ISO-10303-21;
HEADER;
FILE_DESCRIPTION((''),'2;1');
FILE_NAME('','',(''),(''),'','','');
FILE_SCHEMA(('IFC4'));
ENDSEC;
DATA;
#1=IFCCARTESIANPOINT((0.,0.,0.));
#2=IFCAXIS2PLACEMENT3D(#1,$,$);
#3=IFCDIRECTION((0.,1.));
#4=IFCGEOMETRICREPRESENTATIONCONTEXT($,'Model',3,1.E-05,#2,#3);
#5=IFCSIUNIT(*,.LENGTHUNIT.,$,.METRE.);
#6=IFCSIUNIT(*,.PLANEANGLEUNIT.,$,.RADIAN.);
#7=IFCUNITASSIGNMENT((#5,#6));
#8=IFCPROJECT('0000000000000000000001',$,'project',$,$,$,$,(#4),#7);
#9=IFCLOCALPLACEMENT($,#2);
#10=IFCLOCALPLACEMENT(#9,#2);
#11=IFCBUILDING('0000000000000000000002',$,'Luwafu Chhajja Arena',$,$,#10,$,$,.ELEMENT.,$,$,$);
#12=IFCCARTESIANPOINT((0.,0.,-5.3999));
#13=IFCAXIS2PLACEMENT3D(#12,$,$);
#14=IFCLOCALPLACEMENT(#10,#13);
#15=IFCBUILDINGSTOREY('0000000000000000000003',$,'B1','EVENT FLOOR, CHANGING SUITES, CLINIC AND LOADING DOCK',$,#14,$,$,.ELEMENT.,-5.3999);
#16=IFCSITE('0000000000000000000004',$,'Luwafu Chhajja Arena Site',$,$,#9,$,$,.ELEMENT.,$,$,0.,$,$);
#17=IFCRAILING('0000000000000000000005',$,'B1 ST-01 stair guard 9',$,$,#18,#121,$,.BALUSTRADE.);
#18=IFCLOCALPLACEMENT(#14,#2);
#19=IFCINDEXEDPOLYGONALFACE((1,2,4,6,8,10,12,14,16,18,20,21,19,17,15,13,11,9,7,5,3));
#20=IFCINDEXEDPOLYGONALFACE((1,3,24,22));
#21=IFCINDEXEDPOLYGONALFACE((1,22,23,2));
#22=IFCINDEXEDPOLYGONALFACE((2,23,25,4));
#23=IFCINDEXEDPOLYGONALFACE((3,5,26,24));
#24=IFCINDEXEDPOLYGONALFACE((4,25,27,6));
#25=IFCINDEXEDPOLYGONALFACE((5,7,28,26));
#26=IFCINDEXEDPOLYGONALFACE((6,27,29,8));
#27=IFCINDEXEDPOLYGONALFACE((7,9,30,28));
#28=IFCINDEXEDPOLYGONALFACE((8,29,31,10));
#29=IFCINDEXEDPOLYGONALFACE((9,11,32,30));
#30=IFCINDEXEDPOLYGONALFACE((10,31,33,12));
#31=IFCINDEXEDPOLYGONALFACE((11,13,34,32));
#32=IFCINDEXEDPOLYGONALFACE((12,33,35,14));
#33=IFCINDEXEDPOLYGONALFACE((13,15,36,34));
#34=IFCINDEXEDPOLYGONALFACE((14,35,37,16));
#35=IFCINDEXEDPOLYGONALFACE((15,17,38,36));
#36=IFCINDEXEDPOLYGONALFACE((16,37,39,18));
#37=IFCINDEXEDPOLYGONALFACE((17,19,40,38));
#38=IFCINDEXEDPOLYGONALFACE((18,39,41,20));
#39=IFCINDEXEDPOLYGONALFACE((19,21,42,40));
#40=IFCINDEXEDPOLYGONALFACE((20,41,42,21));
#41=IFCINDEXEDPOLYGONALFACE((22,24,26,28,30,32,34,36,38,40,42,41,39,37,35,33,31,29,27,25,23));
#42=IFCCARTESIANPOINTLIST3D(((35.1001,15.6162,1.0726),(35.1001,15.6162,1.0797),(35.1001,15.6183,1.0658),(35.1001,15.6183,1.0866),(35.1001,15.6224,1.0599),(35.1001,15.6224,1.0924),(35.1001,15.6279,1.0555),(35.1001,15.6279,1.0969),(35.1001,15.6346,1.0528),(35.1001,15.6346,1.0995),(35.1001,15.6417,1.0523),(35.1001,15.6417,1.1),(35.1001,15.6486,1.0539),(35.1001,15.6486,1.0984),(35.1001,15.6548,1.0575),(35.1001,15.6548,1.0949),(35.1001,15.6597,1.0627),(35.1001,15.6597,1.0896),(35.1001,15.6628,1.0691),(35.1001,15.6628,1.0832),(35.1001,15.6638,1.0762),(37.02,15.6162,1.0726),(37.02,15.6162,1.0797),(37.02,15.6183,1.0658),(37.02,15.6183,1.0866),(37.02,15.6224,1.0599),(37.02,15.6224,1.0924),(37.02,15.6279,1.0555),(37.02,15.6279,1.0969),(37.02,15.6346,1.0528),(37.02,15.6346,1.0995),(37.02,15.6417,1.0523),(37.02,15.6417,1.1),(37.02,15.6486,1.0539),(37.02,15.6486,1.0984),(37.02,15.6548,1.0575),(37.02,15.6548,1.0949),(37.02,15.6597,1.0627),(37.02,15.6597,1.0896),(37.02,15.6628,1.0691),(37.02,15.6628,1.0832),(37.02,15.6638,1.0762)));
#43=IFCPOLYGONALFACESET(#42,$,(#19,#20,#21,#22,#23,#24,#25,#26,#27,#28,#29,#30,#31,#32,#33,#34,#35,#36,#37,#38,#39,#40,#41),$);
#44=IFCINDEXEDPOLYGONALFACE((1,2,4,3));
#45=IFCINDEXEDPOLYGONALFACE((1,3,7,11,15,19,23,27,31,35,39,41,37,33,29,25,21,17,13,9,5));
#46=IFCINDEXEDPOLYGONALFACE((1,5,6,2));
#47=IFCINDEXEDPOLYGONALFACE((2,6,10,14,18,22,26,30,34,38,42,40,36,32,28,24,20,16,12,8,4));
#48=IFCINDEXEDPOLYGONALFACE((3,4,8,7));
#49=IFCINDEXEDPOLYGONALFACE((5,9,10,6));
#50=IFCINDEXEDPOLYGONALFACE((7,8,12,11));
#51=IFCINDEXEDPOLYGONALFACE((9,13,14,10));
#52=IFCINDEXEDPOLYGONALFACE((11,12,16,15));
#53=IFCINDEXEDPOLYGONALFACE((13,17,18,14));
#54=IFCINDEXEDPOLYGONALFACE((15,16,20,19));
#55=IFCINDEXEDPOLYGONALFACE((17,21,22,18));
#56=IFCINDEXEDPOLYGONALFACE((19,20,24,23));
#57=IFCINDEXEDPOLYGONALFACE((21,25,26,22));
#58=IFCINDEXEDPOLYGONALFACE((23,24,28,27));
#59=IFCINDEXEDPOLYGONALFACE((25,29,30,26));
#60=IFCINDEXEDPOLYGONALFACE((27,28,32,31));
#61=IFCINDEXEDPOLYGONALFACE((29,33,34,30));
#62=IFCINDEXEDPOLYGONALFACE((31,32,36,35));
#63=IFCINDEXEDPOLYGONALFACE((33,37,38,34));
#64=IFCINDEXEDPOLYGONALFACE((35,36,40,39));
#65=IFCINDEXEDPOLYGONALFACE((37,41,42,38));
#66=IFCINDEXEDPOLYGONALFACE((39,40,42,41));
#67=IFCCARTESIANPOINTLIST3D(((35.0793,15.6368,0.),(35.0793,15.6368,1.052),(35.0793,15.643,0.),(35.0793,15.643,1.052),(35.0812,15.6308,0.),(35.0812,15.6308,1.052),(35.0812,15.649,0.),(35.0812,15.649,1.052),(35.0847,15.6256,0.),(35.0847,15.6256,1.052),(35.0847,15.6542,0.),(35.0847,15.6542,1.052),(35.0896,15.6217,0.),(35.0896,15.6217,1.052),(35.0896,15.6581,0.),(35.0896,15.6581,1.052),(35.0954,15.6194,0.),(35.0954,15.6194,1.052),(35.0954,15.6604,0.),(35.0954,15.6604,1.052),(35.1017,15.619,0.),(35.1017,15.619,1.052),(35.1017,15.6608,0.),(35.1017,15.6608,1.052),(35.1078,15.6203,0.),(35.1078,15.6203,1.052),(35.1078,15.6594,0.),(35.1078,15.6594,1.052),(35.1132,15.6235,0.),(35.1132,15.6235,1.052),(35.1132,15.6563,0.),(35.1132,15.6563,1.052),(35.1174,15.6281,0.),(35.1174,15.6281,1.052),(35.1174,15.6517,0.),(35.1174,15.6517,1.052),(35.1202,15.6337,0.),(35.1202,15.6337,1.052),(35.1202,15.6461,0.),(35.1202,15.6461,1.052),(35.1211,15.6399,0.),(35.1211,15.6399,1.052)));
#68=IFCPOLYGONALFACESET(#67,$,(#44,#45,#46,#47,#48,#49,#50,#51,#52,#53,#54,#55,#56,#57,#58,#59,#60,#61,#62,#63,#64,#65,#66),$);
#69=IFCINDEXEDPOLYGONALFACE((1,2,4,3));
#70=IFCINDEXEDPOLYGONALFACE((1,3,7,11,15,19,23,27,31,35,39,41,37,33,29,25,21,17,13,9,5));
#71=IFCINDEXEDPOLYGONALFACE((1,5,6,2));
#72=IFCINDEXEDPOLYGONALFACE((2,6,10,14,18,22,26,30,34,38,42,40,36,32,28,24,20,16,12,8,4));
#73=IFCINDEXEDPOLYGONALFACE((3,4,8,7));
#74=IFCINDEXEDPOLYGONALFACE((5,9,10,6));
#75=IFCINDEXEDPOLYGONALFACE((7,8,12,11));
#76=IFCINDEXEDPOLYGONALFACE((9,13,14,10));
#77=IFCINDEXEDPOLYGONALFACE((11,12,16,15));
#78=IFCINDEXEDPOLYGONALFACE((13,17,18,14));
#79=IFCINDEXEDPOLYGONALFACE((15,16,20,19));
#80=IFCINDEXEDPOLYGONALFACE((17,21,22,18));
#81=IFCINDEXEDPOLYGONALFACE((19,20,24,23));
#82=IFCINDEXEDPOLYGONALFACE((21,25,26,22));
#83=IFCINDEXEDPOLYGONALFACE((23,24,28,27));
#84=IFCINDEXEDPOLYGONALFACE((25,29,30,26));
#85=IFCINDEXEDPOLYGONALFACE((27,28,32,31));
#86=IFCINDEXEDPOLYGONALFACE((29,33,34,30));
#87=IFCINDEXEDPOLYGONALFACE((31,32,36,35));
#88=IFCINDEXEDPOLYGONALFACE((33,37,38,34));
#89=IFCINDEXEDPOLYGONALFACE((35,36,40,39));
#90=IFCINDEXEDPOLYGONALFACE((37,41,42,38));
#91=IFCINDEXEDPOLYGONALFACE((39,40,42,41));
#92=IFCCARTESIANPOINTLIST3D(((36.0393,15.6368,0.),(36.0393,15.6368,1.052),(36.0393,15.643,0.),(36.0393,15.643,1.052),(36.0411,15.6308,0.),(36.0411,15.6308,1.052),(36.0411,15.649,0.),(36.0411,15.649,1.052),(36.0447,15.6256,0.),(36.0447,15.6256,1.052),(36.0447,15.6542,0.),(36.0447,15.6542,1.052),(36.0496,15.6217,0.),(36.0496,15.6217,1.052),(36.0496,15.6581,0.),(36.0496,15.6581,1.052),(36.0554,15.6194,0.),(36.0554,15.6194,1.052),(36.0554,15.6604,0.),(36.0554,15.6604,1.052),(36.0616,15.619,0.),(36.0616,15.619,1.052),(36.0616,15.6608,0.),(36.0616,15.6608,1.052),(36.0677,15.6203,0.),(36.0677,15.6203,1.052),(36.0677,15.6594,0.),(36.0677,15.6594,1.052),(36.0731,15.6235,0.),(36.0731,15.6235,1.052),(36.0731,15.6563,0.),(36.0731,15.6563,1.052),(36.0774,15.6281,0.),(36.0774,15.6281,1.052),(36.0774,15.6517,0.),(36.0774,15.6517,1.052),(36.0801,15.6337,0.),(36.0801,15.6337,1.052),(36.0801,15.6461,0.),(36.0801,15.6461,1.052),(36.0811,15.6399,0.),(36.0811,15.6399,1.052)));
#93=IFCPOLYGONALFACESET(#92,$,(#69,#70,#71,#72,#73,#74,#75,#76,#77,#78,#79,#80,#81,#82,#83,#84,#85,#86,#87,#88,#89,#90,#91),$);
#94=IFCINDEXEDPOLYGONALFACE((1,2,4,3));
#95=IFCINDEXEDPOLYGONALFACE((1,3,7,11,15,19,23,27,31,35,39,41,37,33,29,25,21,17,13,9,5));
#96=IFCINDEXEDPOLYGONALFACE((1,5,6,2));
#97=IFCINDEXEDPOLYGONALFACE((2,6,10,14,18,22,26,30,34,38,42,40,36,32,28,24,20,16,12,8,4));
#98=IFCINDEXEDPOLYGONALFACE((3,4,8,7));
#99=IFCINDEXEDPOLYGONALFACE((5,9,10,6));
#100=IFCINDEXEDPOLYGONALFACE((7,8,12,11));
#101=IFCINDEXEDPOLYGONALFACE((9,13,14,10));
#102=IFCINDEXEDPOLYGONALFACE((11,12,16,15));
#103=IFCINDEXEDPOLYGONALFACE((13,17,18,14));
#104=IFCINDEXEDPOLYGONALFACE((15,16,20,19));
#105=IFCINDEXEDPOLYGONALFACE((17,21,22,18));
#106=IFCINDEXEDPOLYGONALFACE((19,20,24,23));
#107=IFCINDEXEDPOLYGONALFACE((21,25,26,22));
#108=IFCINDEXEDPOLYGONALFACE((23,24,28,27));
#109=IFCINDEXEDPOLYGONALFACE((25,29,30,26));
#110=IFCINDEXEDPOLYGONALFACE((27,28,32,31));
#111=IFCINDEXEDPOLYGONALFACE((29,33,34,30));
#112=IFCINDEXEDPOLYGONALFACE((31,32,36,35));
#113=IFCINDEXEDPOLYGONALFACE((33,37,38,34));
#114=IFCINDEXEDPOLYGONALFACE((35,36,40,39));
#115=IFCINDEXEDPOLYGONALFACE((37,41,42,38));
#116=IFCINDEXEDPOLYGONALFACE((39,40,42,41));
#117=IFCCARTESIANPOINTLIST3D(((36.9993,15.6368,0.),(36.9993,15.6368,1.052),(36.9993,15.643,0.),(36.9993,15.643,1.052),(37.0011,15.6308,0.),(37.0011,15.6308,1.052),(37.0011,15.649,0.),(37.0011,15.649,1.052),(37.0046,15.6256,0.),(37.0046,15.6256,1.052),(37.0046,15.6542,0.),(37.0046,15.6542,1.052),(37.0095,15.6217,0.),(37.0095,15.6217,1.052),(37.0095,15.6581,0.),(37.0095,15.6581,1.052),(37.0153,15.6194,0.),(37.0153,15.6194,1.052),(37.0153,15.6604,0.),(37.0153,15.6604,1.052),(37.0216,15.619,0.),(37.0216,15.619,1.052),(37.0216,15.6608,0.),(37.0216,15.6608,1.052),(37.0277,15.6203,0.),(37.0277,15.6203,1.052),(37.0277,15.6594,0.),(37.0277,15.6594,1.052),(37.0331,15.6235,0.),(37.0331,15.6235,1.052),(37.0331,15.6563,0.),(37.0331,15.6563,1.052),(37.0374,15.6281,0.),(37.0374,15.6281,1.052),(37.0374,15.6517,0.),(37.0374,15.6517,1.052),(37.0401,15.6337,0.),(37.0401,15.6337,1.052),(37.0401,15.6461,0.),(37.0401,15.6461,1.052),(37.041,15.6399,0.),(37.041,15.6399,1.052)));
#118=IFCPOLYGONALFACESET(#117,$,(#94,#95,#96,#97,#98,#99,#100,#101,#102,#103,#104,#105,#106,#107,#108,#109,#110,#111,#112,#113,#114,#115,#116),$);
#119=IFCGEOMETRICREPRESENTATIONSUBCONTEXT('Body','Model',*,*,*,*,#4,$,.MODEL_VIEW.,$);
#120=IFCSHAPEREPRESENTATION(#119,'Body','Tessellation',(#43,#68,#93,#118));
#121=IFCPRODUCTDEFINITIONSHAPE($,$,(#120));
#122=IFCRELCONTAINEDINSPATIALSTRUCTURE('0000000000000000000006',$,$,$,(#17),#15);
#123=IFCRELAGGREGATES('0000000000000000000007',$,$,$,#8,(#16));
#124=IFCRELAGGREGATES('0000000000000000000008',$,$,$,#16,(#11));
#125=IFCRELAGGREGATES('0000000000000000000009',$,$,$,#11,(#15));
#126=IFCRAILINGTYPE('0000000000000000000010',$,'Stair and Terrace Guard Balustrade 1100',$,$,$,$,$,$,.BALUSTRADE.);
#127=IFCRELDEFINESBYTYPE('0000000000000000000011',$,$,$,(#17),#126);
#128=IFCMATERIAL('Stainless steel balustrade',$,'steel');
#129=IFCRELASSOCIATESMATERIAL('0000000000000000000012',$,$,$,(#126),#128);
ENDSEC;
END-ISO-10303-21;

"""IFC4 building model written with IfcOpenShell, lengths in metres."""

from ifc_helpers import new_model, si_unit, direction, frame, origin, origin_2d, place, context, subcontext, project, spatial, circle, extrude, material, type_object, element, save


model = new_model("IFC4")

# Units and contexts
model_context = context("Model", 3, precision=1e-05, world=origin(), true_north=direction((0.0, 1.0)))
body_context = subcontext(model_context, "Body", "Model", "MODEL_VIEW")
ifc_project = project(units=[si_unit("LENGTHUNIT", "METRE"), si_unit("PLANEANGLEUNIT", "RADIAN")], contexts=[model_context])

# Site, building, storey
site_placement = place(None, origin())
site = spatial("IfcSite", under=ifc_project, at=site_placement, Name="Luwafu Chhajja Arena Site", CompositionType="ELEMENT", RefElevation=0.0)
building_placement = place(site_placement, origin())
building = spatial("IfcBuilding", under=site, at=building_placement, Name="Luwafu Chhajja Arena", CompositionType="ELEMENT")
storey_placement = place(building_placement, frame((0.0, 0.0, -5.3999)))
storey = spatial("IfcBuildingStorey", under=building, at=storey_placement, Name="B1", Description="EVENT FLOOR, CHANGING SUITES, CLINIC AND LOADING DOCK", CompositionType="ELEMENT", Elevation=-5.3999)

# Railing
ifc_material_1 = material(Name="Stainless steel balustrade", Category="steel")
railing_type_1 = type_object("IfcRailingType", Name="Stair and Terrace Guard Balustrade 1100", PredefinedType="BALUSTRADE", material=ifc_material_1)
for number, where, name in (
    (1, (35.1001, 15.6399, 0.0), "B1 ST-01 stair guard 9"),
):
    element("IfcRailing", number, at=place(storey_placement, frame(where)), inside=storey, type_object=railing_type_1, Name=name, PredefinedType="BALUSTRADE", context=body_context, shape_type="SweptSolid", body=[
        extrude(circle(Radius=0.0239, at=origin_2d()), frame((0.0, 0.0, 1.0762), z_axis=(1.0, 0.0, 0.0), x_axis=(0.0, 1.0, 0.0)), (0.0, 0.0, 1.0), 1.9199),
        extrude(circle(Radius=0.021, at=origin_2d()), origin(), (0.0, 0.0, 1.0), 1.052),
        extrude(circle(Radius=0.021, at=origin_2d()), frame((0.96, 0.0, 0.0)), (0.0, 0.0, 1.0), 1.052),
        extrude(circle(Radius=0.021, at=origin_2d()), frame((1.9199, 0.0, 0.0)), (0.0, 0.0, 1.0), 1.052),
    ])

save(model, "model.ifc")
